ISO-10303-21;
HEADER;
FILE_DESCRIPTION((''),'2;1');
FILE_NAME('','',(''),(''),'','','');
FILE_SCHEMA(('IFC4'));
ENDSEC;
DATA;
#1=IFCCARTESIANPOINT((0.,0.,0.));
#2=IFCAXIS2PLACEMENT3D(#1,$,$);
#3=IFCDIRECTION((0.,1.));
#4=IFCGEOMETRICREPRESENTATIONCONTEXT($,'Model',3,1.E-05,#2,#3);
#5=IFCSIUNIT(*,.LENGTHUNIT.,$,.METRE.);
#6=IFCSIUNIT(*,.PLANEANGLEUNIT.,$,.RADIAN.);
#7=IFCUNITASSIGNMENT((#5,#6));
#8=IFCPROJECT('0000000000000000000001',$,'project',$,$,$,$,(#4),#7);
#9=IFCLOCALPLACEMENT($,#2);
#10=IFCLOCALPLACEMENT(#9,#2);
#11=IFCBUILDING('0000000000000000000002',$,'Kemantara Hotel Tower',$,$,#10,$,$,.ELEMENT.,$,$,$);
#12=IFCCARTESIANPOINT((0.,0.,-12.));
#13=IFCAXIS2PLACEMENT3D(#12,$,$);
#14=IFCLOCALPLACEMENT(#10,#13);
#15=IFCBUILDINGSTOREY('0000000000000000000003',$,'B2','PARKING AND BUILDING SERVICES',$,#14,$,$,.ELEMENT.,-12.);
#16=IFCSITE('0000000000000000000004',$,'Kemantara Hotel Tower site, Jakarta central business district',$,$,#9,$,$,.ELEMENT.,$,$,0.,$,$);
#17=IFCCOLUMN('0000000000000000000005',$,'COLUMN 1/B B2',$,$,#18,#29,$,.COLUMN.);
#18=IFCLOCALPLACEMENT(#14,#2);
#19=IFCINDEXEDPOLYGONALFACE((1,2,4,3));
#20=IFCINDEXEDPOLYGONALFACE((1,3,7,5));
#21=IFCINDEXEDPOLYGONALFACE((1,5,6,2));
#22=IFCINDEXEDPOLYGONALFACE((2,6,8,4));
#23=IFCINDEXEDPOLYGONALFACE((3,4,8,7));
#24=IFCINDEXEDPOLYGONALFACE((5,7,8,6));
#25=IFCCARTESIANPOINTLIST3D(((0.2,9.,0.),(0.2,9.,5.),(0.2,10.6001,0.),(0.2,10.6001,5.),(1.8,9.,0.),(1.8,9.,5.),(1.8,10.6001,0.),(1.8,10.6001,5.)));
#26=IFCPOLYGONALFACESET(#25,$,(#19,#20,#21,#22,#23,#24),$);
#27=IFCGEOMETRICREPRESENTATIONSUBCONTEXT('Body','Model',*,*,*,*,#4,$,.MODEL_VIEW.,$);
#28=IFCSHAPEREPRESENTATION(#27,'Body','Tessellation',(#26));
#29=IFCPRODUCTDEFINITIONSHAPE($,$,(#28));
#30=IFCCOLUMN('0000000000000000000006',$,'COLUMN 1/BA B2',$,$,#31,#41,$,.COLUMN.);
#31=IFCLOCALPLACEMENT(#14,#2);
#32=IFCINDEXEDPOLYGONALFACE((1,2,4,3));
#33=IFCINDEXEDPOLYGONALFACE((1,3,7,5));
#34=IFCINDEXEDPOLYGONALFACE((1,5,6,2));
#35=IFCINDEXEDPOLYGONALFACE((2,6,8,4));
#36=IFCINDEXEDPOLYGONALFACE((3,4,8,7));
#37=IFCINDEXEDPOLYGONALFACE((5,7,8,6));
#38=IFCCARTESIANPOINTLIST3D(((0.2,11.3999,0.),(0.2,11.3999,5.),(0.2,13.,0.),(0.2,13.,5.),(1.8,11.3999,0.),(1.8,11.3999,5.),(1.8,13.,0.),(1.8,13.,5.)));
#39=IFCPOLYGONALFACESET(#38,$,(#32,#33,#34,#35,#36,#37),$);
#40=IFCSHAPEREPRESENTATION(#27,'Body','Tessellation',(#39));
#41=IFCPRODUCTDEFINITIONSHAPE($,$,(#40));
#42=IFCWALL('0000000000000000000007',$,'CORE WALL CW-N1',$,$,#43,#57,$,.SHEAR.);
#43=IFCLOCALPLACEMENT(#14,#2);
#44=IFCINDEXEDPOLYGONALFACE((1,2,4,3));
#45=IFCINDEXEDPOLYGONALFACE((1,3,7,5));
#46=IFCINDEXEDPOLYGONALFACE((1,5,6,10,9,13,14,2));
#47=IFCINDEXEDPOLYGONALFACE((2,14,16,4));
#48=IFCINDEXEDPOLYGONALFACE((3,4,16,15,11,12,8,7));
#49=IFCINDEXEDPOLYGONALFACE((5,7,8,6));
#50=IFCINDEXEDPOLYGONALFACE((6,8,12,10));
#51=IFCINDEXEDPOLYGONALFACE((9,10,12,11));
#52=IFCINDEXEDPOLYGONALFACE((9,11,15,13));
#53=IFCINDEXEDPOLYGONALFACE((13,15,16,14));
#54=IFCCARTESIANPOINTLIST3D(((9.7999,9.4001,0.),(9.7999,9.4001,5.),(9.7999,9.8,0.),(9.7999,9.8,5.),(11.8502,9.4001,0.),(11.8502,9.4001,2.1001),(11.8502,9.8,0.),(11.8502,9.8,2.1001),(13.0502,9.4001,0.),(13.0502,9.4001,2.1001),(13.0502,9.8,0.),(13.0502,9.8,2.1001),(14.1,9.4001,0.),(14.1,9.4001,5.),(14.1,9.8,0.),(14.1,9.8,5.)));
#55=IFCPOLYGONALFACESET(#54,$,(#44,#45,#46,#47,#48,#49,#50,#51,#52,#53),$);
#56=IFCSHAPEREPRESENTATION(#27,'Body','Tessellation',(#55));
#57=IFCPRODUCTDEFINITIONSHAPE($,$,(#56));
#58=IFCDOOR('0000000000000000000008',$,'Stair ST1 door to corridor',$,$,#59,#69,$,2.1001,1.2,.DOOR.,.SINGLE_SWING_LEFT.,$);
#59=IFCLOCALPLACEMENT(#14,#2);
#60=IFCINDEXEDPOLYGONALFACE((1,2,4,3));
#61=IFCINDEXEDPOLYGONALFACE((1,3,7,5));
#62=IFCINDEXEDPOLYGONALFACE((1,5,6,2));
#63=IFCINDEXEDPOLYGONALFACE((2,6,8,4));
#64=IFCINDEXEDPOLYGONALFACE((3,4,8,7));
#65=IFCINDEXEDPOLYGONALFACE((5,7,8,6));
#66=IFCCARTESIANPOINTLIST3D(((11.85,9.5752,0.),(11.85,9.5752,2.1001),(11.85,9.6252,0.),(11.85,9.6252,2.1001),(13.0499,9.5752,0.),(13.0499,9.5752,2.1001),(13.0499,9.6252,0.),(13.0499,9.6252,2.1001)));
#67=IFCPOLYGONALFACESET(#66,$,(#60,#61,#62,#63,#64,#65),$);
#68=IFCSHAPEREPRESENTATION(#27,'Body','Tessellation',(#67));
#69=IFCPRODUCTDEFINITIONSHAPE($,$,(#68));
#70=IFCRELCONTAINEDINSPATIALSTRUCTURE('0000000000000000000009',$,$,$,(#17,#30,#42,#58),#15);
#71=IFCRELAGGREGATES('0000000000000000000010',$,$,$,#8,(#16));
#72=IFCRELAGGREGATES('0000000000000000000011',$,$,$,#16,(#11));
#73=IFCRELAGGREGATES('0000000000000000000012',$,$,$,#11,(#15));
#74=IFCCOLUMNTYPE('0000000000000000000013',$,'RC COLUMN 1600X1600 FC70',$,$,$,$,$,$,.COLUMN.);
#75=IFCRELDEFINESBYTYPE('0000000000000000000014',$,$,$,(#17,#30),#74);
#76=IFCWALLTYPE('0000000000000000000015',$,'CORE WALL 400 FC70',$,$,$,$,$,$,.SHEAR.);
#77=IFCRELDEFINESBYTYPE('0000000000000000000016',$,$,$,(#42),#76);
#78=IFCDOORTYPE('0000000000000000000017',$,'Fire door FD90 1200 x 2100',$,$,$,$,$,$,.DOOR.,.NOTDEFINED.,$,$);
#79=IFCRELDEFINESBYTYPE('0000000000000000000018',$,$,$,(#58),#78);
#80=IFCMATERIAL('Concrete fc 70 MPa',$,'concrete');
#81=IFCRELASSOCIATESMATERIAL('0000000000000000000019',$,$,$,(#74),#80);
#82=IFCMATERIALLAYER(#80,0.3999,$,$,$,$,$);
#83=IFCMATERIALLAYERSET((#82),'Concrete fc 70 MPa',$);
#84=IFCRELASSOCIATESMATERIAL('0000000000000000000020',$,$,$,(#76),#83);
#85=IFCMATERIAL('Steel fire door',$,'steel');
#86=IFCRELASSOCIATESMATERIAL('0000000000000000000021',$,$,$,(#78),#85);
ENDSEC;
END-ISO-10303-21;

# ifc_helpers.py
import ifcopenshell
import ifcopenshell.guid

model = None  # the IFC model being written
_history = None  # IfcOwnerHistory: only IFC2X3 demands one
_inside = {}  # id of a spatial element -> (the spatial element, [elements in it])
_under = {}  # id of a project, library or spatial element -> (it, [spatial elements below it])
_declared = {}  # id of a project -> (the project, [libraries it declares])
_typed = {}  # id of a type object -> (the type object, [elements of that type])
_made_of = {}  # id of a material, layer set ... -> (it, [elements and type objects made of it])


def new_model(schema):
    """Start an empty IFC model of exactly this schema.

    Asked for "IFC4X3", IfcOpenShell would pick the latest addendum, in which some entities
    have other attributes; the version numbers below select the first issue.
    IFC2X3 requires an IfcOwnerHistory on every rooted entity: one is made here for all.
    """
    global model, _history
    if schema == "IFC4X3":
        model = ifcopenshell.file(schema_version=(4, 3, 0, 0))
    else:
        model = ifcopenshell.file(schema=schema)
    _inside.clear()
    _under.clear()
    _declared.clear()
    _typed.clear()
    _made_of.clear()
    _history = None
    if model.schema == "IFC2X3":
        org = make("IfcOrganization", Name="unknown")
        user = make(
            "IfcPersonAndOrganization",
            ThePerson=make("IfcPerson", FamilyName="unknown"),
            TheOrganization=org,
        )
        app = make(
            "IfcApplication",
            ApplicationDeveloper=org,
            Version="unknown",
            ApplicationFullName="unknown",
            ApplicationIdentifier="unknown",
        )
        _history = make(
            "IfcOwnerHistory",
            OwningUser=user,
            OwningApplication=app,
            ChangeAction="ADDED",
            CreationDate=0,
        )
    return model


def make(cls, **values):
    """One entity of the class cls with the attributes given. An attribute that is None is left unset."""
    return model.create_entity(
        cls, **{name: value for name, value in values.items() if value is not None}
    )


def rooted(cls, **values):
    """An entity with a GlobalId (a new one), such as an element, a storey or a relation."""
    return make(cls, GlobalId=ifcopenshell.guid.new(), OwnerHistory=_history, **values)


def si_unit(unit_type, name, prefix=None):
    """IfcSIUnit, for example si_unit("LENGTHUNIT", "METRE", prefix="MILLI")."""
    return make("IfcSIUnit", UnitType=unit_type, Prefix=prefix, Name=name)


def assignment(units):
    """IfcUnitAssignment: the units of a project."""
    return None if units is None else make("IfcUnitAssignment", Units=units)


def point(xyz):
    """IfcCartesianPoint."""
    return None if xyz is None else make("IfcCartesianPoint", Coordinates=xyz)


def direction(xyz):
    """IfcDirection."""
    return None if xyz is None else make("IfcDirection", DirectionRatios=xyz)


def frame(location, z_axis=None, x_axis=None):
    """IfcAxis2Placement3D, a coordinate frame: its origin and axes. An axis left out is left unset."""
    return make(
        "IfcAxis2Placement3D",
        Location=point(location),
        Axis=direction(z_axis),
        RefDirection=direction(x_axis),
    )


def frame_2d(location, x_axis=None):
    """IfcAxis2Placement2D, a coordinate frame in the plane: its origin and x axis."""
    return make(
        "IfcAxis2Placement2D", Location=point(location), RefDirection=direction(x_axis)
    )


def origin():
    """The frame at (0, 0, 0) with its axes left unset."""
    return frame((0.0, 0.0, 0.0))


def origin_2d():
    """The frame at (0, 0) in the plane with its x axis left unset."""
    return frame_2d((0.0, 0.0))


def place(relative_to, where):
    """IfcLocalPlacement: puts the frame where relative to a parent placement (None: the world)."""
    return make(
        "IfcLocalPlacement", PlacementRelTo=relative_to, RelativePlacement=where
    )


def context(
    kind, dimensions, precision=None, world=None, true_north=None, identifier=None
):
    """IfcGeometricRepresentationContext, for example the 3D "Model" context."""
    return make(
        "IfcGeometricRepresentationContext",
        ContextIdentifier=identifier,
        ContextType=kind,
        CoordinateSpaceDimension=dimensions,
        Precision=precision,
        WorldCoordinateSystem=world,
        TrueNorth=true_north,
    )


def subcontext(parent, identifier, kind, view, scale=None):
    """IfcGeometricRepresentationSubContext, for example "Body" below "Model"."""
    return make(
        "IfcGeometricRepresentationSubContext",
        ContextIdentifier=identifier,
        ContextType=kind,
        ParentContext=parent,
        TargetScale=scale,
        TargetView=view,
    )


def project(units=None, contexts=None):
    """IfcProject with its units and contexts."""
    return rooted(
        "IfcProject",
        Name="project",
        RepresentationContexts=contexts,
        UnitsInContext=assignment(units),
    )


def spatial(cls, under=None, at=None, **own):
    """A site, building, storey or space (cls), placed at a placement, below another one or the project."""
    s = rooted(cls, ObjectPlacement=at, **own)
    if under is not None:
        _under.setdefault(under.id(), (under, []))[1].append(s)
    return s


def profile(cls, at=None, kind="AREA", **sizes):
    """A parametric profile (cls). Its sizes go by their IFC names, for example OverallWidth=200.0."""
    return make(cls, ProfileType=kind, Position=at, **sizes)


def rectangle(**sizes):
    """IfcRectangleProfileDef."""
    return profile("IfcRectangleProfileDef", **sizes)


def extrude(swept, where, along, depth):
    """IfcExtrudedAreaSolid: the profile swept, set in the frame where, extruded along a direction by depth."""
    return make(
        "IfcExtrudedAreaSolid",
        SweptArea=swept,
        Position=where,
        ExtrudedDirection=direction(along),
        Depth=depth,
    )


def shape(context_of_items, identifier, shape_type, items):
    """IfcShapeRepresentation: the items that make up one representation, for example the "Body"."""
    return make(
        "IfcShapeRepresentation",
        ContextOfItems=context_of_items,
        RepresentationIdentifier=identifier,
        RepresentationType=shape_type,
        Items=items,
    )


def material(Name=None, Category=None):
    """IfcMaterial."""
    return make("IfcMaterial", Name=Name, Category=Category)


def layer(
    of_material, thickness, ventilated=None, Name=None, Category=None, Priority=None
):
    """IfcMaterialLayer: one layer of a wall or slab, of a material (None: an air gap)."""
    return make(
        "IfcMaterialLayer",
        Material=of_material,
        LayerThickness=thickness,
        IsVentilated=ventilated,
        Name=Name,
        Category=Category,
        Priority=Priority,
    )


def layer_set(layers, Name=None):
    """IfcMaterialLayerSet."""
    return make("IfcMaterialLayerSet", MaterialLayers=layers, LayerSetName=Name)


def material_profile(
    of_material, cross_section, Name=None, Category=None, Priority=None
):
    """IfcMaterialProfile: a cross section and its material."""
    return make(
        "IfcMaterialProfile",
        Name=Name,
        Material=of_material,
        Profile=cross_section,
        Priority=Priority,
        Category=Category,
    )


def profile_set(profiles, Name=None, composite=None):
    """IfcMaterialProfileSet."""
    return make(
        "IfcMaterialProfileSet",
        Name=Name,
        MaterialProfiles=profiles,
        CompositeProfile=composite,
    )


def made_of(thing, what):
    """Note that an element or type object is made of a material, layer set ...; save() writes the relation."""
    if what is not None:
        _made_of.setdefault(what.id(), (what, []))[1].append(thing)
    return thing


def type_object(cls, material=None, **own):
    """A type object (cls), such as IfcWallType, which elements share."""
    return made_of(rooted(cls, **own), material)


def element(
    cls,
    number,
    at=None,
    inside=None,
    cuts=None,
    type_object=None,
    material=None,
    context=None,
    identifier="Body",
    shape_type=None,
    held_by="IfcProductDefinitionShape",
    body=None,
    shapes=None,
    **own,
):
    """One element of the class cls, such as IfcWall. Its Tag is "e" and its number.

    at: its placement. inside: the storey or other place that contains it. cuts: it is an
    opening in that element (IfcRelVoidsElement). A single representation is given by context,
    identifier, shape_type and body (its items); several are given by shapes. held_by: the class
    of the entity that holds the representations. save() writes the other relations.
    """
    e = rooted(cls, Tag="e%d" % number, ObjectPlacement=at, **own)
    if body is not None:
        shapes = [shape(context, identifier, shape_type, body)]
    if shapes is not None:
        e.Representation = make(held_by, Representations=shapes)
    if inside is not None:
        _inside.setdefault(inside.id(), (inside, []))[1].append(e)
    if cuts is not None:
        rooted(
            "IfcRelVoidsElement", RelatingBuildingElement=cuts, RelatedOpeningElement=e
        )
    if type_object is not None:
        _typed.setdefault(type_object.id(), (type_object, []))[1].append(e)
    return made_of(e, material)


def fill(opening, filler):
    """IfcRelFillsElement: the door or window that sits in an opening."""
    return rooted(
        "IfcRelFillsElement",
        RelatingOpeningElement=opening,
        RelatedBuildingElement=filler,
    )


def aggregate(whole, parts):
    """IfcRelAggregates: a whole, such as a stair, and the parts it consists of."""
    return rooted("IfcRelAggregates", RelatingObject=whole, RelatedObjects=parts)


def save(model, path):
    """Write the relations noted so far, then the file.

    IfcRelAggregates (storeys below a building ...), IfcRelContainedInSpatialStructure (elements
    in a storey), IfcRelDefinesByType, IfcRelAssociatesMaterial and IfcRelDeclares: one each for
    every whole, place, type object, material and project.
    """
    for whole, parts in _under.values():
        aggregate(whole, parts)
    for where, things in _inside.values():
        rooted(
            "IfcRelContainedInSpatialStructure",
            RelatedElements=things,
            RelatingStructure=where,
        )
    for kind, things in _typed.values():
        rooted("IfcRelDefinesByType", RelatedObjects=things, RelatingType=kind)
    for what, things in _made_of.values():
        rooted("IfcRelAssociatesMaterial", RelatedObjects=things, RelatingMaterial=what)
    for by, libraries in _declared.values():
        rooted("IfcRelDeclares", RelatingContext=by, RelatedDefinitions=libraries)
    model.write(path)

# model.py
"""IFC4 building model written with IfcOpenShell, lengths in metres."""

from ifc_helpers import new_model, si_unit, direction, frame, frame_2d, origin, origin_2d, place, context, subcontext, project, spatial, rectangle, extrude, material, layer, layer_set, material_profile, profile_set, type_object, element, fill, save


model = new_model("IFC4")

# Units and contexts
model_context = context("Model", 3, precision=1e-05, world=origin(), true_north=direction((0.0, 1.0)))
body_context = subcontext(model_context, "Body", "Model", "MODEL_VIEW")
ifc_project = project(units=[si_unit("LENGTHUNIT", "METRE"), si_unit("PLANEANGLEUNIT", "RADIAN")], contexts=[model_context])

# Site, building, storey
site_placement = place(None, origin())
site = spatial("IfcSite", under=ifc_project, at=site_placement, Name="Kemantara Hotel Tower site, Jakarta central business district", CompositionType="ELEMENT", RefElevation=0.0)
building_placement = place(site_placement, origin())
building = spatial("IfcBuilding", under=site, at=building_placement, Name="Kemantara Hotel Tower", CompositionType="ELEMENT")
storey_placement = place(building_placement, frame((0.0, 0.0, -12.0)))
storey = spatial("IfcBuildingStorey", under=building, at=storey_placement, Name="B2", Description="PARKING AND BUILDING SERVICES", CompositionType="ELEMENT", Elevation=-12.0)

# Columns
ifc_material_1 = material(Name="Concrete fc 70 MPa", Category="concrete")
ifc_material_profile = material_profile(ifc_material_1, rectangle(XDim=1.6001, YDim=1.6001, at=origin_2d()), Name="RC 1600X1600")
ifc_profile_set = profile_set([ifc_material_profile], Name="Concrete fc 70 MPa")
column_type = type_object("IfcColumnType", Name="RC COLUMN 1600X1600 FC70", PredefinedType="COLUMN", material=ifc_profile_set)
for number, where, z_axis, x_axis, name in (
    (1, (1.0, 9.8, 0.0), (0.0, 0.0, 1.0), (1.0, 0.0, 0.0), "COLUMN 1/B B2"),
    (2, (1.0, 12.2, 0.0), (0.0, 0.0, 1.0), (1.0, 0.0, 0.0), "COLUMN 1/BA B2"),
):
    element("IfcColumn", number, at=place(storey_placement, frame(where, z_axis=z_axis, x_axis=x_axis)), inside=storey, type_object=column_type, Name=name, PredefinedType="COLUMN", context=body_context, shape_type="SweptSolid", body=[
        extrude(rectangle(XDim=1.6001, YDim=1.6001, at=origin_2d()), origin(), (0.0, 0.0, 1.0), 5.0),
    ])

# Wall, opening, door
ifc_layer_1 = layer(ifc_material_1, 0.3999)
ifc_layer_set_1 = layer_set([ifc_layer_1], Name="Concrete fc 70 MPa")
wall_type_1 = type_object("IfcWallType", Name="CORE WALL 400 FC70", PredefinedType="SHEAR", material=ifc_layer_set_1)
wall_1_placement = place(storey_placement, frame((9.8, 9.6001, 0.0), z_axis=(0.0, 0.0, 1.0), x_axis=(1.0, 0.0, 0.0)))
wall_1 = element("IfcWall", 3, at=wall_1_placement, inside=storey, type_object=wall_type_1, Name="CORE WALL CW-N1", PredefinedType="SHEAR", context=body_context, shape_type="SweptSolid", body=[
    extrude(rectangle(XDim=4.3, YDim=0.3999, at=frame_2d((2.1499, 0.0))), origin(), (0.0, 0.0, 1.0), 5.0),
])
opening_1_placement = place(wall_1_placement, frame((2.05, 0.0, 0.0)))
opening_1 = element("IfcOpeningElement", 4, at=opening_1_placement, cuts=wall_1, PredefinedType="OPENING", context=body_context, shape_type="SweptSolid", body=[
    extrude(rectangle(XDim=1.2, YDim=2.1001, at=frame_2d((0.6001, 1.05))), frame((0.0, 0.21, 0.0), z_axis=(0.0, -1.0, 0.0), x_axis=(1.0, 0.0, 0.0)), (0.0, 0.0, 1.0), 0.4199),
])
ifc_material_2 = material(Name="Steel fire door", Category="steel")
door_type_1 = type_object("IfcDoorType", Name="Fire door FD90 1200 x 2100", OperationType="NOTDEFINED", PredefinedType="DOOR", material=ifc_material_2)
door_1_placement = place(opening_1_placement, frame((1.2, 0.0, 0.0), z_axis=(0.0, 0.0, 1.0), x_axis=(-1.0, 0.0, 0.0)))
door_1 = element("IfcDoor", 5, at=door_1_placement, inside=storey, type_object=door_type_1, Name="Stair ST1 door to corridor", OperationType="SINGLE_SWING_LEFT", OverallHeight=2.1001, OverallWidth=1.2, PredefinedType="DOOR", context=body_context, shape_type="SweptSolid", body=[
    extrude(rectangle(XDim=1.2, YDim=2.1001, at=frame_2d((0.6001, 1.05))), frame((0.0, 0.0249, 0.0), z_axis=(0.0, -1.0, 0.0), x_axis=(1.0, 0.0, 0.0)), (0.0, 0.0, 1.0), 0.05),
])
fill(opening_1, door_1)

save(model, "model.ifc")
